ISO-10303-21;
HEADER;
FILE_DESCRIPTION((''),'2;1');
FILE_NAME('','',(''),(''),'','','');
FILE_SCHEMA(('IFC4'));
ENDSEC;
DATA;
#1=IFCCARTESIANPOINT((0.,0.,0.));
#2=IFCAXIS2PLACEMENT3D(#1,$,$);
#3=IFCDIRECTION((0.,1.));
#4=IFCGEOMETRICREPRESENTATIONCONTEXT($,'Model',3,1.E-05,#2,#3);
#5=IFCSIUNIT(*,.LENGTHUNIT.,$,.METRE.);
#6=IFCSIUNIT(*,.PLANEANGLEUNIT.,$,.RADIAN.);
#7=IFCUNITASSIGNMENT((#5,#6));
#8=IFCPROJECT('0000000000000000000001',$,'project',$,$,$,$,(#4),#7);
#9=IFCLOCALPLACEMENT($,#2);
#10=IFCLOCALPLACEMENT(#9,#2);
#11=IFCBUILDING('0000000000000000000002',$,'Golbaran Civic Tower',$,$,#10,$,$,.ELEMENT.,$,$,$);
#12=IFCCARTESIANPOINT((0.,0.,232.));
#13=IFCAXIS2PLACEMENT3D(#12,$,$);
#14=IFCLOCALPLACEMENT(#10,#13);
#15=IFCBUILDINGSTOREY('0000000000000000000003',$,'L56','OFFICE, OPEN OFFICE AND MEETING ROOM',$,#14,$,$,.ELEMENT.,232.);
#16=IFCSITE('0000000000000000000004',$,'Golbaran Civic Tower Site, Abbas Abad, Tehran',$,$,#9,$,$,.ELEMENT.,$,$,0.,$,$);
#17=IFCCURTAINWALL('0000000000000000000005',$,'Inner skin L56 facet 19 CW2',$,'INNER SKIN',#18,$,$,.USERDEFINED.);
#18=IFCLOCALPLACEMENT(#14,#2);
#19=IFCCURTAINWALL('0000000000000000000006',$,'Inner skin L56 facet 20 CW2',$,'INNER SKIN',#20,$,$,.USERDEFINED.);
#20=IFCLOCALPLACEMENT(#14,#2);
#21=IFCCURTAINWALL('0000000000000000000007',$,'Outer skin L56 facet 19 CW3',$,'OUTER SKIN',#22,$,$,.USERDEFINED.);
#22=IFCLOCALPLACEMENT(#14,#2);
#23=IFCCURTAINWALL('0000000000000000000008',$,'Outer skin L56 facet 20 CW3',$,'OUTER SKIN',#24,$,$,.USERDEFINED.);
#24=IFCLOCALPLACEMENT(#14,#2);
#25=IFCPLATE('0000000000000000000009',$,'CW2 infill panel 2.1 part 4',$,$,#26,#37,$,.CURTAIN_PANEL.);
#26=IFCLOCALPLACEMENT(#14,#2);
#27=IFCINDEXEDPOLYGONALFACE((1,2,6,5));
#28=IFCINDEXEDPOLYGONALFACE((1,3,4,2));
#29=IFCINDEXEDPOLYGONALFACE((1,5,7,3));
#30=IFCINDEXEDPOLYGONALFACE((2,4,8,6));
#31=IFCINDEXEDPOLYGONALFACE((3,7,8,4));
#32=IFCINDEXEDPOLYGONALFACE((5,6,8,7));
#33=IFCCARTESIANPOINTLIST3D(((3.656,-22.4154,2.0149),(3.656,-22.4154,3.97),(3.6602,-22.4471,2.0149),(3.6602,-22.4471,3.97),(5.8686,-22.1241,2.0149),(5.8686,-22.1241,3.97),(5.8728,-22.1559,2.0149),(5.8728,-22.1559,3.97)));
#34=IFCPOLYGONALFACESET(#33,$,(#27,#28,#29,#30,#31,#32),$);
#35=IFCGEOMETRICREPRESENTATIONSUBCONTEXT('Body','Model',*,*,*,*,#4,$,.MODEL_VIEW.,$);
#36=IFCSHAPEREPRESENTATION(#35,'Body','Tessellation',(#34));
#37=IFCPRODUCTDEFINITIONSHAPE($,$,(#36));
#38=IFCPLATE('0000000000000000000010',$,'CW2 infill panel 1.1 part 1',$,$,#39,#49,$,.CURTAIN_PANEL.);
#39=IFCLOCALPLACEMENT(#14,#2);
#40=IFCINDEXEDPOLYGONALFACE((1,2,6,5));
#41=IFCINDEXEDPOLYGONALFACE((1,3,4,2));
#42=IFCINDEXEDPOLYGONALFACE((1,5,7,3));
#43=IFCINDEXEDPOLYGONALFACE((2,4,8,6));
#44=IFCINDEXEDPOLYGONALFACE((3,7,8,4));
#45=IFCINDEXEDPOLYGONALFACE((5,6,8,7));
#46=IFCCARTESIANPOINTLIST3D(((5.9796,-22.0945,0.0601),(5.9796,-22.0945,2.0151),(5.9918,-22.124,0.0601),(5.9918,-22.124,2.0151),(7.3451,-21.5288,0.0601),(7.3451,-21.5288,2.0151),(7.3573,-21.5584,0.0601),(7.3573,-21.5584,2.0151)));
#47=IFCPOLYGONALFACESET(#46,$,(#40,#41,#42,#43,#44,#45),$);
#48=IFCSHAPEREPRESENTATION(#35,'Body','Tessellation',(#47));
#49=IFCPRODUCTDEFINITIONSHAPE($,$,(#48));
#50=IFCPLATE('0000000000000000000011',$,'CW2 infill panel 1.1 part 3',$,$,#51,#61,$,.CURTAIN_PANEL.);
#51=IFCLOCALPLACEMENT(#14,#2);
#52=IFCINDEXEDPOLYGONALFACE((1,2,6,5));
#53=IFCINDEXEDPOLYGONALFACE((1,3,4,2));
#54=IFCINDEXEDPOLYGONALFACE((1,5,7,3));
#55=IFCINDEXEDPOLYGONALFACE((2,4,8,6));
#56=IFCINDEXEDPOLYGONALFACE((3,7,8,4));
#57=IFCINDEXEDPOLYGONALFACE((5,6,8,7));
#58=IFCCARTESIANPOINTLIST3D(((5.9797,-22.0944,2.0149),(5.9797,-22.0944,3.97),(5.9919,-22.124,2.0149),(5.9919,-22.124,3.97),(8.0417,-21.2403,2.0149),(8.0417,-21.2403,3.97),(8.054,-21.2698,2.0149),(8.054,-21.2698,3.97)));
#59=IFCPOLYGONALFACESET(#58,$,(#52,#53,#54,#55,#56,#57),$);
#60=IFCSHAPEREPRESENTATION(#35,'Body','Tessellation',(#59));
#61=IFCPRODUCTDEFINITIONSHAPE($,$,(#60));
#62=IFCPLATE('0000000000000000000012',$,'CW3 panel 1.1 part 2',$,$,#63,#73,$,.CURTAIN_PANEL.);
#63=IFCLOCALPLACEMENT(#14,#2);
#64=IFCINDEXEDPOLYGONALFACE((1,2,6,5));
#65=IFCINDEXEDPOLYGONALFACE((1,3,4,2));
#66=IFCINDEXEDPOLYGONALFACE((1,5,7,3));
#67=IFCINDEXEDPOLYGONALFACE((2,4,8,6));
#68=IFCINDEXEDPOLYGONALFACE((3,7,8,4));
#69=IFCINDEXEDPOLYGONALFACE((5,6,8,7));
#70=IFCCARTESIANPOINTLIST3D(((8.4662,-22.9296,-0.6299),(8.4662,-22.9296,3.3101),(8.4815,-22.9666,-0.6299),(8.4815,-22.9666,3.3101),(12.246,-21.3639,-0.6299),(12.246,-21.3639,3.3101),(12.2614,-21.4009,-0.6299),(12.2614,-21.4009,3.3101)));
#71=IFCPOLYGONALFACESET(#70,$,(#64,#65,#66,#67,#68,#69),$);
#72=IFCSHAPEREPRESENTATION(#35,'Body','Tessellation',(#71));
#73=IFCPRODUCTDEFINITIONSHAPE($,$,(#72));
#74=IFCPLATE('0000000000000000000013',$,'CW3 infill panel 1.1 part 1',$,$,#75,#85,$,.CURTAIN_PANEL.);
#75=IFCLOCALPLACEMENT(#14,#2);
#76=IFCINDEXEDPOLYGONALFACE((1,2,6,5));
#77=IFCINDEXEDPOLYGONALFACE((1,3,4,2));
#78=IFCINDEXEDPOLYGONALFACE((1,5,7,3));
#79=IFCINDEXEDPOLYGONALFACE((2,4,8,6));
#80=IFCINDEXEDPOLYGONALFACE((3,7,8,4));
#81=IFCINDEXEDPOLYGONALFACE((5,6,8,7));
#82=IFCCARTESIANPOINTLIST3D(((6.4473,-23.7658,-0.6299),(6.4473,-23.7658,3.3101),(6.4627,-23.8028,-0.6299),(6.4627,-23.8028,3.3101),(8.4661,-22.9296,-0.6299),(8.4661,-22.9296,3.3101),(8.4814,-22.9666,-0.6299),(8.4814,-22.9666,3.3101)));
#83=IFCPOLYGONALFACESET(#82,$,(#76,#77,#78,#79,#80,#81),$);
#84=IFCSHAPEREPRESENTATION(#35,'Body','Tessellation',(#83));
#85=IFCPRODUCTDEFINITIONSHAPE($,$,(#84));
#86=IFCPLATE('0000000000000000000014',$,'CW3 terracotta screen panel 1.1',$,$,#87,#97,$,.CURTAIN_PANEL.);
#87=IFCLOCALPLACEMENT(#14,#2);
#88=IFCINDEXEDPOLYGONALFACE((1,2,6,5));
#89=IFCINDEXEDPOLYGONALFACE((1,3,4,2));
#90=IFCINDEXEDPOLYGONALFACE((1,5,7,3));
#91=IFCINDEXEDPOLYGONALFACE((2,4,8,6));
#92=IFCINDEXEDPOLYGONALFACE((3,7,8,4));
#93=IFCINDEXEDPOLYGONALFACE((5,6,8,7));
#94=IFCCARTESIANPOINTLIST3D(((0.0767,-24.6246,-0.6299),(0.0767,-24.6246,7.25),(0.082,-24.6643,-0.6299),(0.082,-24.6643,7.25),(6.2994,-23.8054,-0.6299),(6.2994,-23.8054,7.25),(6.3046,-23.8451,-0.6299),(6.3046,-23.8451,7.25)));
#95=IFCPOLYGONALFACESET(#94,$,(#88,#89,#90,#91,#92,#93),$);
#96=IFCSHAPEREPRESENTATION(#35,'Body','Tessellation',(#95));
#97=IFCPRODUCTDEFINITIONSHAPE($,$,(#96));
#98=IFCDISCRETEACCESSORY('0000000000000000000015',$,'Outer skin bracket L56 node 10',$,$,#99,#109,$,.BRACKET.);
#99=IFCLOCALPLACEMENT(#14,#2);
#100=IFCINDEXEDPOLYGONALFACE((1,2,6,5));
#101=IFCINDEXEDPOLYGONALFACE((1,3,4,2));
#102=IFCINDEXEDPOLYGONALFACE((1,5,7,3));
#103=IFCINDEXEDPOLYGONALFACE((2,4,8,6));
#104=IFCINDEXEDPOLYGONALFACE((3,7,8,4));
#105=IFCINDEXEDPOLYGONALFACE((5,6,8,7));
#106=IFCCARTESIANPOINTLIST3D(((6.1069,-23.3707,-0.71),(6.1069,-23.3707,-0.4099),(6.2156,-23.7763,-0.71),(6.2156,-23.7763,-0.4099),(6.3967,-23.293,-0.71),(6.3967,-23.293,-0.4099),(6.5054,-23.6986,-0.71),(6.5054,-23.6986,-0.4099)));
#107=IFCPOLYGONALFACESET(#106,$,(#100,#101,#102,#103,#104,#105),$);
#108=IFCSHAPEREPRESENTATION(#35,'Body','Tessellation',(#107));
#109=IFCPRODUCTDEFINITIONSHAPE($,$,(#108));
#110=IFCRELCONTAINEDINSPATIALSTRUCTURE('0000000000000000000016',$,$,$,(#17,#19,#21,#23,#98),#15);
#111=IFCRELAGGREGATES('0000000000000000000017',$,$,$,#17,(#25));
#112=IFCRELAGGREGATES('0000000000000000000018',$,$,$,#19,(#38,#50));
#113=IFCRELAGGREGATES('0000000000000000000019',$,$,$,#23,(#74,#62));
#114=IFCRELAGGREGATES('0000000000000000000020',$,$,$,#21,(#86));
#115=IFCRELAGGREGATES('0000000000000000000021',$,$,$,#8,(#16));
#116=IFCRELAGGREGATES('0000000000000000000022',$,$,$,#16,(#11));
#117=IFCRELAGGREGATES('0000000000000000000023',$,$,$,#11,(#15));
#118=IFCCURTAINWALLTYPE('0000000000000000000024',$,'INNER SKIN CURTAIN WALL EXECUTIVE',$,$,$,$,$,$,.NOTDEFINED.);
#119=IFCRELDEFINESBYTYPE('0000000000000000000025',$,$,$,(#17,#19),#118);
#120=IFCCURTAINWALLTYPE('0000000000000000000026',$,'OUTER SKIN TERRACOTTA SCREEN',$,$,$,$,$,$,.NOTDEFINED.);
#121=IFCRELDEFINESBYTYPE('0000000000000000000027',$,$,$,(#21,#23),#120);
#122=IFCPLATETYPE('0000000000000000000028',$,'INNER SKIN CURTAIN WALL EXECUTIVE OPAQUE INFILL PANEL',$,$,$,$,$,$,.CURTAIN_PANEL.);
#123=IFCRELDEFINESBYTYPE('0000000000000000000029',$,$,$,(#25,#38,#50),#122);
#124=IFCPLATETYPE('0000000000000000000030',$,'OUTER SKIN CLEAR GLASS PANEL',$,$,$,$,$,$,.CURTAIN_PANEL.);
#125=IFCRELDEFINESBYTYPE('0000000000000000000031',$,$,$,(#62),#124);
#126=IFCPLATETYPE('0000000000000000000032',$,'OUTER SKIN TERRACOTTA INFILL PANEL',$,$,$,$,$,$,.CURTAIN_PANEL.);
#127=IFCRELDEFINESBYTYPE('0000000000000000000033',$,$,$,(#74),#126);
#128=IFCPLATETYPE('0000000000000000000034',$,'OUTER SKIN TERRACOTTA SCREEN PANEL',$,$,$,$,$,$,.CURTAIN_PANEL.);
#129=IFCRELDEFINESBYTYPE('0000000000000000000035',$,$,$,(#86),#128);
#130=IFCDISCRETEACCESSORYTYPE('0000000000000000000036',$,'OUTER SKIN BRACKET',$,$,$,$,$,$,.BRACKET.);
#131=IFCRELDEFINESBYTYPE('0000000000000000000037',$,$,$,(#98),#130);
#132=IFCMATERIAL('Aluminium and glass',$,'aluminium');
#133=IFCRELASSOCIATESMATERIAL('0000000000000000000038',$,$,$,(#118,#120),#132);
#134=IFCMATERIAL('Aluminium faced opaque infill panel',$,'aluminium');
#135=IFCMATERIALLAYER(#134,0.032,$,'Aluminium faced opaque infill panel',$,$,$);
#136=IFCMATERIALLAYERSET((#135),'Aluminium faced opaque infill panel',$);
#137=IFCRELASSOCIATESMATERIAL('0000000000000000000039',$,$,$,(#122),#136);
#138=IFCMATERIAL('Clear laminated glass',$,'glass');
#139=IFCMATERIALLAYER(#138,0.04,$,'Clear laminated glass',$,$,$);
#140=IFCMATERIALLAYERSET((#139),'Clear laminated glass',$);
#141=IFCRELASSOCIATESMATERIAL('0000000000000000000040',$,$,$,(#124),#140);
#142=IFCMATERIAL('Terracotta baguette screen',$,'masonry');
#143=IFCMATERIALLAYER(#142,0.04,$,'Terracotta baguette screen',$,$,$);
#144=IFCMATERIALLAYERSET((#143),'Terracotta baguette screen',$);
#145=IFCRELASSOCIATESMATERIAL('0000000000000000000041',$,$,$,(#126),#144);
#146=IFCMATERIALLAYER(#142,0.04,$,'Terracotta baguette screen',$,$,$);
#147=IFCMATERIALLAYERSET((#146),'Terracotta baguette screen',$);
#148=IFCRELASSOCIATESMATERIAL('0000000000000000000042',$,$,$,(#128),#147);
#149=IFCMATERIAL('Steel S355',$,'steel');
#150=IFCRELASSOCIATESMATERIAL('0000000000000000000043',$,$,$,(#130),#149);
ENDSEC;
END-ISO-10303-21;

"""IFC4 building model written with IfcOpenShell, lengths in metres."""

from ifc_helpers import new_model, si_unit, direction, frame, origin, origin_2d, place, context, subcontext, project, spatial, rectangle, extrude, material, layer, layer_set, type_object, element, aggregate, save


model = new_model("IFC4")

# Units and contexts
model_context = context("Model", 3, precision=1e-05, world=origin(), true_north=direction((0.0, 1.0)))
body_context = subcontext(model_context, "Body", "Model", "MODEL_VIEW")
ifc_project = project(units=[si_unit("LENGTHUNIT", "METRE"), si_unit("PLANEANGLEUNIT", "RADIAN")], contexts=[model_context])

# Site, building, storey
site_placement = place(None, origin())
site = spatial("IfcSite", under=ifc_project, at=site_placement, Name="Golbaran Civic Tower Site, Abbas Abad, Tehran", CompositionType="ELEMENT", RefElevation=0.0)
building_placement = place(site_placement, origin())
building = spatial("IfcBuilding", under=site, at=building_placement, Name="Golbaran Civic Tower", CompositionType="ELEMENT")
storey_placement = place(building_placement, frame((0.0, 0.0, 232.0)))
storey = spatial("IfcBuildingStorey", under=building, at=storey_placement, Name="L56", Description="OFFICE, OPEN OFFICE AND MEETING ROOM", CompositionType="ELEMENT", Elevation=232.0)

# Shared definitions
ifc_material_1 = material(Name="Steel S355", Category="steel")

# Curtain wall
ifc_material_2 = material(Name="Aluminium and glass", Category="aluminium")
curtain_wall_type_1 = type_object("IfcCurtainWallType", Name="INNER SKIN CURTAIN WALL EXECUTIVE", PredefinedType="NOTDEFINED", material=ifc_material_2)
curtain_wall_1_placement = place(storey_placement, origin())
curtain_wall_1 = element("IfcCurtainWall", 1, at=curtain_wall_1_placement, inside=storey, type_object=curtain_wall_type_1, Name="Inner skin L56 facet 19 CW2", ObjectType="INNER SKIN", PredefinedType="USERDEFINED")

# Curtain wall
curtain_wall_2_placement = place(storey_placement, origin())
curtain_wall_2 = element("IfcCurtainWall", 2, at=curtain_wall_2_placement, inside=storey, type_object=curtain_wall_type_1, Name="Inner skin L56 facet 20 CW2", ObjectType="INNER SKIN", PredefinedType="USERDEFINED")

# Curtain walls
curtain_wall_type_2 = type_object("IfcCurtainWallType", Name="OUTER SKIN TERRACOTTA SCREEN", PredefinedType="NOTDEFINED", material=ifc_material_2)
curtain_wall_3_placement = place(storey_placement, origin())
curtain_wall_3 = element("IfcCurtainWall", 3, at=curtain_wall_3_placement, inside=storey, type_object=curtain_wall_type_2, Name="Outer skin L56 facet 19 CW3", ObjectType="OUTER SKIN", PredefinedType="USERDEFINED")
curtain_wall_4_placement = place(storey_placement, origin())
curtain_wall_4 = element("IfcCurtainWall", 4, at=curtain_wall_4_placement, inside=storey, type_object=curtain_wall_type_2, Name="Outer skin L56 facet 20 CW3", ObjectType="OUTER SKIN", PredefinedType="USERDEFINED")

# Plates
ifc_material_3 = material(Name="Aluminium faced opaque infill panel", Category="aluminium")
ifc_layer_1 = layer(ifc_material_3, 0.032, Name="Aluminium faced opaque infill panel")
ifc_layer_set_1 = layer_set([ifc_layer_1], Name="Aluminium faced opaque infill panel")
plate_type_1 = type_object("IfcPlateType", Name="INNER SKIN CURTAIN WALL EXECUTIVE OPAQUE INFILL PANEL", PredefinedType="CURTAIN_PANEL", material=ifc_layer_set_1)
plate_1_placement = place(storey_placement, frame((4.7644, -22.2856, 2.0149), z_axis=(0.0, 0.0, 1.0), x_axis=(0.991445, 0.130526, 0.0)))
plate_1 = element("IfcPlate", 5, at=plate_1_placement, type_object=plate_type_1, Name="CW2 infill panel 2.1 part 4", PredefinedType="CURTAIN_PANEL", context=body_context, shape_type="SweptSolid", body=[
    extrude(rectangle(XDim=2.2317, YDim=0.032, at=origin_2d()), origin(), (0.0, 0.0, 1.0), 1.9551),
])
aggregate(curtain_wall_1, [plate_1])
plate_2_placement = place(storey_placement, frame((6.6685, -21.8264, 0.0601), z_axis=(0.0, 0.0, 1.0), x_axis=(0.92388, 0.382683, 0.0)))
plate_2 = element("IfcPlate", 6, at=plate_2_placement, type_object=plate_type_1, Name="CW2 infill panel 1.1 part 1", PredefinedType="CURTAIN_PANEL", context=body_context, shape_type="SweptSolid", body=[
    extrude(rectangle(XDim=1.478, YDim=0.032, at=origin_2d()), origin(), (0.0, 0.0, 1.0), 1.9551),
])
plate_3_placement = place(storey_placement, frame((7.0168, -21.6821, 2.0149), z_axis=(0.0, 0.0, 1.0), x_axis=(0.92388, 0.382683, 0.0)))
plate_3 = element("IfcPlate", 7, at=plate_3_placement, type_object=plate_type_1, Name="CW2 infill panel 1.1 part 3", PredefinedType="CURTAIN_PANEL", context=body_context, shape_type="SweptSolid", body=[
    extrude(rectangle(XDim=2.2319, YDim=0.032, at=origin_2d()), origin(), (0.0, 0.0, 1.0), 1.9551),
])
aggregate(curtain_wall_2, [plate_2, plate_3])
ifc_material_4 = material(Name="Clear laminated glass", Category="glass")
ifc_layer_2 = layer(ifc_material_4, 0.04, Name="Clear laminated glass")
ifc_layer_set_2 = layer_set([ifc_layer_2], Name="Clear laminated glass")
plate_type_2 = type_object("IfcPlateType", Name="OUTER SKIN CLEAR GLASS PANEL", PredefinedType="CURTAIN_PANEL", material=ifc_layer_set_2)
plate_4_placement = place(storey_placement, frame((10.3638, -22.1653, -0.6299), z_axis=(0.0, 0.0, 1.0), x_axis=(0.92388, 0.382683, 0.0)))
plate_4 = element("IfcPlate", 8, at=plate_4_placement, type_object=plate_type_2, Name="CW3 panel 1.1 part 2", PredefinedType="CURTAIN_PANEL", context=body_context, shape_type="SweptSolid", body=[
    extrude(rectangle(XDim=4.0913, YDim=0.04, at=origin_2d()), origin(), (0.0, 0.0, 1.0), 3.9399),
])
ifc_material_5 = material(Name="Terracotta baguette screen", Category="masonry")
ifc_layer_3 = layer(ifc_material_5, 0.04, Name="Terracotta baguette screen")
ifc_layer_set_3 = layer_set([ifc_layer_3], Name="Terracotta baguette screen")
plate_type_3 = type_object("IfcPlateType", Name="OUTER SKIN TERRACOTTA INFILL PANEL", PredefinedType="CURTAIN_PANEL", material=ifc_layer_set_3)
plate_5_placement = place(storey_placement, frame((7.4644, -23.3662, -0.6299), z_axis=(0.0, 0.0, 1.0), x_axis=(0.92388, 0.382683, 0.0)))
plate_5 = element("IfcPlate", 9, at=plate_5_placement, type_object=plate_type_3, Name="CW3 infill panel 1.1 part 1", PredefinedType="CURTAIN_PANEL", context=body_context, shape_type="SweptSolid", body=[
    extrude(rectangle(XDim=2.1851, YDim=0.04, at=origin_2d()), origin(), (0.0, 0.0, 1.0), 3.9399),
])
aggregate(curtain_wall_4, [plate_5, plate_4])
ifc_layer_4 = layer(ifc_material_5, 0.04, Name="Terracotta baguette screen")
ifc_layer_set_4 = layer_set([ifc_layer_4], Name="Terracotta baguette screen")
plate_type_4 = type_object("IfcPlateType", Name="OUTER SKIN TERRACOTTA SCREEN PANEL", PredefinedType="CURTAIN_PANEL", material=ifc_layer_set_4)
plate_6_placement = place(storey_placement, frame((3.1907, -24.2349, -0.6299), z_axis=(0.0, 0.0, 1.0), x_axis=(0.991445, 0.130526, 0.0)))
plate_6 = element("IfcPlate", 10, at=plate_6_placement, type_object=plate_type_4, Name="CW3 terracotta screen panel 1.1", PredefinedType="CURTAIN_PANEL", context=body_context, shape_type="SweptSolid", body=[
    extrude(rectangle(XDim=6.2764, YDim=0.04, at=origin_2d()), origin(), (0.0, 0.0, 1.0), 7.8799),
])
aggregate(curtain_wall_3, [plate_6])

# Discrete accessory
discrete_accessory_type = type_object("IfcDiscreteAccessoryType", Name="OUTER SKIN BRACKET", PredefinedType="BRACKET", material=ifc_material_1)
discrete_accessory_placement = place(storey_placement, frame((6.3062, -23.5347, -0.71), z_axis=(0.0, 0.0, 1.0), x_axis=(0.258819, -0.965926, 0.0)))
element("IfcDiscreteAccessory", 11, at=discrete_accessory_placement, inside=storey, type_object=discrete_accessory_type, Name="Outer skin bracket L56 node 10", PredefinedType="BRACKET", context=body_context, shape_type="SweptSolid", body=[
    extrude(rectangle(XDim=0.4199, YDim=0.3, at=origin_2d()), origin(), (0.0, 0.0, 1.0), 0.3),
])

save(model, "model.ifc")
